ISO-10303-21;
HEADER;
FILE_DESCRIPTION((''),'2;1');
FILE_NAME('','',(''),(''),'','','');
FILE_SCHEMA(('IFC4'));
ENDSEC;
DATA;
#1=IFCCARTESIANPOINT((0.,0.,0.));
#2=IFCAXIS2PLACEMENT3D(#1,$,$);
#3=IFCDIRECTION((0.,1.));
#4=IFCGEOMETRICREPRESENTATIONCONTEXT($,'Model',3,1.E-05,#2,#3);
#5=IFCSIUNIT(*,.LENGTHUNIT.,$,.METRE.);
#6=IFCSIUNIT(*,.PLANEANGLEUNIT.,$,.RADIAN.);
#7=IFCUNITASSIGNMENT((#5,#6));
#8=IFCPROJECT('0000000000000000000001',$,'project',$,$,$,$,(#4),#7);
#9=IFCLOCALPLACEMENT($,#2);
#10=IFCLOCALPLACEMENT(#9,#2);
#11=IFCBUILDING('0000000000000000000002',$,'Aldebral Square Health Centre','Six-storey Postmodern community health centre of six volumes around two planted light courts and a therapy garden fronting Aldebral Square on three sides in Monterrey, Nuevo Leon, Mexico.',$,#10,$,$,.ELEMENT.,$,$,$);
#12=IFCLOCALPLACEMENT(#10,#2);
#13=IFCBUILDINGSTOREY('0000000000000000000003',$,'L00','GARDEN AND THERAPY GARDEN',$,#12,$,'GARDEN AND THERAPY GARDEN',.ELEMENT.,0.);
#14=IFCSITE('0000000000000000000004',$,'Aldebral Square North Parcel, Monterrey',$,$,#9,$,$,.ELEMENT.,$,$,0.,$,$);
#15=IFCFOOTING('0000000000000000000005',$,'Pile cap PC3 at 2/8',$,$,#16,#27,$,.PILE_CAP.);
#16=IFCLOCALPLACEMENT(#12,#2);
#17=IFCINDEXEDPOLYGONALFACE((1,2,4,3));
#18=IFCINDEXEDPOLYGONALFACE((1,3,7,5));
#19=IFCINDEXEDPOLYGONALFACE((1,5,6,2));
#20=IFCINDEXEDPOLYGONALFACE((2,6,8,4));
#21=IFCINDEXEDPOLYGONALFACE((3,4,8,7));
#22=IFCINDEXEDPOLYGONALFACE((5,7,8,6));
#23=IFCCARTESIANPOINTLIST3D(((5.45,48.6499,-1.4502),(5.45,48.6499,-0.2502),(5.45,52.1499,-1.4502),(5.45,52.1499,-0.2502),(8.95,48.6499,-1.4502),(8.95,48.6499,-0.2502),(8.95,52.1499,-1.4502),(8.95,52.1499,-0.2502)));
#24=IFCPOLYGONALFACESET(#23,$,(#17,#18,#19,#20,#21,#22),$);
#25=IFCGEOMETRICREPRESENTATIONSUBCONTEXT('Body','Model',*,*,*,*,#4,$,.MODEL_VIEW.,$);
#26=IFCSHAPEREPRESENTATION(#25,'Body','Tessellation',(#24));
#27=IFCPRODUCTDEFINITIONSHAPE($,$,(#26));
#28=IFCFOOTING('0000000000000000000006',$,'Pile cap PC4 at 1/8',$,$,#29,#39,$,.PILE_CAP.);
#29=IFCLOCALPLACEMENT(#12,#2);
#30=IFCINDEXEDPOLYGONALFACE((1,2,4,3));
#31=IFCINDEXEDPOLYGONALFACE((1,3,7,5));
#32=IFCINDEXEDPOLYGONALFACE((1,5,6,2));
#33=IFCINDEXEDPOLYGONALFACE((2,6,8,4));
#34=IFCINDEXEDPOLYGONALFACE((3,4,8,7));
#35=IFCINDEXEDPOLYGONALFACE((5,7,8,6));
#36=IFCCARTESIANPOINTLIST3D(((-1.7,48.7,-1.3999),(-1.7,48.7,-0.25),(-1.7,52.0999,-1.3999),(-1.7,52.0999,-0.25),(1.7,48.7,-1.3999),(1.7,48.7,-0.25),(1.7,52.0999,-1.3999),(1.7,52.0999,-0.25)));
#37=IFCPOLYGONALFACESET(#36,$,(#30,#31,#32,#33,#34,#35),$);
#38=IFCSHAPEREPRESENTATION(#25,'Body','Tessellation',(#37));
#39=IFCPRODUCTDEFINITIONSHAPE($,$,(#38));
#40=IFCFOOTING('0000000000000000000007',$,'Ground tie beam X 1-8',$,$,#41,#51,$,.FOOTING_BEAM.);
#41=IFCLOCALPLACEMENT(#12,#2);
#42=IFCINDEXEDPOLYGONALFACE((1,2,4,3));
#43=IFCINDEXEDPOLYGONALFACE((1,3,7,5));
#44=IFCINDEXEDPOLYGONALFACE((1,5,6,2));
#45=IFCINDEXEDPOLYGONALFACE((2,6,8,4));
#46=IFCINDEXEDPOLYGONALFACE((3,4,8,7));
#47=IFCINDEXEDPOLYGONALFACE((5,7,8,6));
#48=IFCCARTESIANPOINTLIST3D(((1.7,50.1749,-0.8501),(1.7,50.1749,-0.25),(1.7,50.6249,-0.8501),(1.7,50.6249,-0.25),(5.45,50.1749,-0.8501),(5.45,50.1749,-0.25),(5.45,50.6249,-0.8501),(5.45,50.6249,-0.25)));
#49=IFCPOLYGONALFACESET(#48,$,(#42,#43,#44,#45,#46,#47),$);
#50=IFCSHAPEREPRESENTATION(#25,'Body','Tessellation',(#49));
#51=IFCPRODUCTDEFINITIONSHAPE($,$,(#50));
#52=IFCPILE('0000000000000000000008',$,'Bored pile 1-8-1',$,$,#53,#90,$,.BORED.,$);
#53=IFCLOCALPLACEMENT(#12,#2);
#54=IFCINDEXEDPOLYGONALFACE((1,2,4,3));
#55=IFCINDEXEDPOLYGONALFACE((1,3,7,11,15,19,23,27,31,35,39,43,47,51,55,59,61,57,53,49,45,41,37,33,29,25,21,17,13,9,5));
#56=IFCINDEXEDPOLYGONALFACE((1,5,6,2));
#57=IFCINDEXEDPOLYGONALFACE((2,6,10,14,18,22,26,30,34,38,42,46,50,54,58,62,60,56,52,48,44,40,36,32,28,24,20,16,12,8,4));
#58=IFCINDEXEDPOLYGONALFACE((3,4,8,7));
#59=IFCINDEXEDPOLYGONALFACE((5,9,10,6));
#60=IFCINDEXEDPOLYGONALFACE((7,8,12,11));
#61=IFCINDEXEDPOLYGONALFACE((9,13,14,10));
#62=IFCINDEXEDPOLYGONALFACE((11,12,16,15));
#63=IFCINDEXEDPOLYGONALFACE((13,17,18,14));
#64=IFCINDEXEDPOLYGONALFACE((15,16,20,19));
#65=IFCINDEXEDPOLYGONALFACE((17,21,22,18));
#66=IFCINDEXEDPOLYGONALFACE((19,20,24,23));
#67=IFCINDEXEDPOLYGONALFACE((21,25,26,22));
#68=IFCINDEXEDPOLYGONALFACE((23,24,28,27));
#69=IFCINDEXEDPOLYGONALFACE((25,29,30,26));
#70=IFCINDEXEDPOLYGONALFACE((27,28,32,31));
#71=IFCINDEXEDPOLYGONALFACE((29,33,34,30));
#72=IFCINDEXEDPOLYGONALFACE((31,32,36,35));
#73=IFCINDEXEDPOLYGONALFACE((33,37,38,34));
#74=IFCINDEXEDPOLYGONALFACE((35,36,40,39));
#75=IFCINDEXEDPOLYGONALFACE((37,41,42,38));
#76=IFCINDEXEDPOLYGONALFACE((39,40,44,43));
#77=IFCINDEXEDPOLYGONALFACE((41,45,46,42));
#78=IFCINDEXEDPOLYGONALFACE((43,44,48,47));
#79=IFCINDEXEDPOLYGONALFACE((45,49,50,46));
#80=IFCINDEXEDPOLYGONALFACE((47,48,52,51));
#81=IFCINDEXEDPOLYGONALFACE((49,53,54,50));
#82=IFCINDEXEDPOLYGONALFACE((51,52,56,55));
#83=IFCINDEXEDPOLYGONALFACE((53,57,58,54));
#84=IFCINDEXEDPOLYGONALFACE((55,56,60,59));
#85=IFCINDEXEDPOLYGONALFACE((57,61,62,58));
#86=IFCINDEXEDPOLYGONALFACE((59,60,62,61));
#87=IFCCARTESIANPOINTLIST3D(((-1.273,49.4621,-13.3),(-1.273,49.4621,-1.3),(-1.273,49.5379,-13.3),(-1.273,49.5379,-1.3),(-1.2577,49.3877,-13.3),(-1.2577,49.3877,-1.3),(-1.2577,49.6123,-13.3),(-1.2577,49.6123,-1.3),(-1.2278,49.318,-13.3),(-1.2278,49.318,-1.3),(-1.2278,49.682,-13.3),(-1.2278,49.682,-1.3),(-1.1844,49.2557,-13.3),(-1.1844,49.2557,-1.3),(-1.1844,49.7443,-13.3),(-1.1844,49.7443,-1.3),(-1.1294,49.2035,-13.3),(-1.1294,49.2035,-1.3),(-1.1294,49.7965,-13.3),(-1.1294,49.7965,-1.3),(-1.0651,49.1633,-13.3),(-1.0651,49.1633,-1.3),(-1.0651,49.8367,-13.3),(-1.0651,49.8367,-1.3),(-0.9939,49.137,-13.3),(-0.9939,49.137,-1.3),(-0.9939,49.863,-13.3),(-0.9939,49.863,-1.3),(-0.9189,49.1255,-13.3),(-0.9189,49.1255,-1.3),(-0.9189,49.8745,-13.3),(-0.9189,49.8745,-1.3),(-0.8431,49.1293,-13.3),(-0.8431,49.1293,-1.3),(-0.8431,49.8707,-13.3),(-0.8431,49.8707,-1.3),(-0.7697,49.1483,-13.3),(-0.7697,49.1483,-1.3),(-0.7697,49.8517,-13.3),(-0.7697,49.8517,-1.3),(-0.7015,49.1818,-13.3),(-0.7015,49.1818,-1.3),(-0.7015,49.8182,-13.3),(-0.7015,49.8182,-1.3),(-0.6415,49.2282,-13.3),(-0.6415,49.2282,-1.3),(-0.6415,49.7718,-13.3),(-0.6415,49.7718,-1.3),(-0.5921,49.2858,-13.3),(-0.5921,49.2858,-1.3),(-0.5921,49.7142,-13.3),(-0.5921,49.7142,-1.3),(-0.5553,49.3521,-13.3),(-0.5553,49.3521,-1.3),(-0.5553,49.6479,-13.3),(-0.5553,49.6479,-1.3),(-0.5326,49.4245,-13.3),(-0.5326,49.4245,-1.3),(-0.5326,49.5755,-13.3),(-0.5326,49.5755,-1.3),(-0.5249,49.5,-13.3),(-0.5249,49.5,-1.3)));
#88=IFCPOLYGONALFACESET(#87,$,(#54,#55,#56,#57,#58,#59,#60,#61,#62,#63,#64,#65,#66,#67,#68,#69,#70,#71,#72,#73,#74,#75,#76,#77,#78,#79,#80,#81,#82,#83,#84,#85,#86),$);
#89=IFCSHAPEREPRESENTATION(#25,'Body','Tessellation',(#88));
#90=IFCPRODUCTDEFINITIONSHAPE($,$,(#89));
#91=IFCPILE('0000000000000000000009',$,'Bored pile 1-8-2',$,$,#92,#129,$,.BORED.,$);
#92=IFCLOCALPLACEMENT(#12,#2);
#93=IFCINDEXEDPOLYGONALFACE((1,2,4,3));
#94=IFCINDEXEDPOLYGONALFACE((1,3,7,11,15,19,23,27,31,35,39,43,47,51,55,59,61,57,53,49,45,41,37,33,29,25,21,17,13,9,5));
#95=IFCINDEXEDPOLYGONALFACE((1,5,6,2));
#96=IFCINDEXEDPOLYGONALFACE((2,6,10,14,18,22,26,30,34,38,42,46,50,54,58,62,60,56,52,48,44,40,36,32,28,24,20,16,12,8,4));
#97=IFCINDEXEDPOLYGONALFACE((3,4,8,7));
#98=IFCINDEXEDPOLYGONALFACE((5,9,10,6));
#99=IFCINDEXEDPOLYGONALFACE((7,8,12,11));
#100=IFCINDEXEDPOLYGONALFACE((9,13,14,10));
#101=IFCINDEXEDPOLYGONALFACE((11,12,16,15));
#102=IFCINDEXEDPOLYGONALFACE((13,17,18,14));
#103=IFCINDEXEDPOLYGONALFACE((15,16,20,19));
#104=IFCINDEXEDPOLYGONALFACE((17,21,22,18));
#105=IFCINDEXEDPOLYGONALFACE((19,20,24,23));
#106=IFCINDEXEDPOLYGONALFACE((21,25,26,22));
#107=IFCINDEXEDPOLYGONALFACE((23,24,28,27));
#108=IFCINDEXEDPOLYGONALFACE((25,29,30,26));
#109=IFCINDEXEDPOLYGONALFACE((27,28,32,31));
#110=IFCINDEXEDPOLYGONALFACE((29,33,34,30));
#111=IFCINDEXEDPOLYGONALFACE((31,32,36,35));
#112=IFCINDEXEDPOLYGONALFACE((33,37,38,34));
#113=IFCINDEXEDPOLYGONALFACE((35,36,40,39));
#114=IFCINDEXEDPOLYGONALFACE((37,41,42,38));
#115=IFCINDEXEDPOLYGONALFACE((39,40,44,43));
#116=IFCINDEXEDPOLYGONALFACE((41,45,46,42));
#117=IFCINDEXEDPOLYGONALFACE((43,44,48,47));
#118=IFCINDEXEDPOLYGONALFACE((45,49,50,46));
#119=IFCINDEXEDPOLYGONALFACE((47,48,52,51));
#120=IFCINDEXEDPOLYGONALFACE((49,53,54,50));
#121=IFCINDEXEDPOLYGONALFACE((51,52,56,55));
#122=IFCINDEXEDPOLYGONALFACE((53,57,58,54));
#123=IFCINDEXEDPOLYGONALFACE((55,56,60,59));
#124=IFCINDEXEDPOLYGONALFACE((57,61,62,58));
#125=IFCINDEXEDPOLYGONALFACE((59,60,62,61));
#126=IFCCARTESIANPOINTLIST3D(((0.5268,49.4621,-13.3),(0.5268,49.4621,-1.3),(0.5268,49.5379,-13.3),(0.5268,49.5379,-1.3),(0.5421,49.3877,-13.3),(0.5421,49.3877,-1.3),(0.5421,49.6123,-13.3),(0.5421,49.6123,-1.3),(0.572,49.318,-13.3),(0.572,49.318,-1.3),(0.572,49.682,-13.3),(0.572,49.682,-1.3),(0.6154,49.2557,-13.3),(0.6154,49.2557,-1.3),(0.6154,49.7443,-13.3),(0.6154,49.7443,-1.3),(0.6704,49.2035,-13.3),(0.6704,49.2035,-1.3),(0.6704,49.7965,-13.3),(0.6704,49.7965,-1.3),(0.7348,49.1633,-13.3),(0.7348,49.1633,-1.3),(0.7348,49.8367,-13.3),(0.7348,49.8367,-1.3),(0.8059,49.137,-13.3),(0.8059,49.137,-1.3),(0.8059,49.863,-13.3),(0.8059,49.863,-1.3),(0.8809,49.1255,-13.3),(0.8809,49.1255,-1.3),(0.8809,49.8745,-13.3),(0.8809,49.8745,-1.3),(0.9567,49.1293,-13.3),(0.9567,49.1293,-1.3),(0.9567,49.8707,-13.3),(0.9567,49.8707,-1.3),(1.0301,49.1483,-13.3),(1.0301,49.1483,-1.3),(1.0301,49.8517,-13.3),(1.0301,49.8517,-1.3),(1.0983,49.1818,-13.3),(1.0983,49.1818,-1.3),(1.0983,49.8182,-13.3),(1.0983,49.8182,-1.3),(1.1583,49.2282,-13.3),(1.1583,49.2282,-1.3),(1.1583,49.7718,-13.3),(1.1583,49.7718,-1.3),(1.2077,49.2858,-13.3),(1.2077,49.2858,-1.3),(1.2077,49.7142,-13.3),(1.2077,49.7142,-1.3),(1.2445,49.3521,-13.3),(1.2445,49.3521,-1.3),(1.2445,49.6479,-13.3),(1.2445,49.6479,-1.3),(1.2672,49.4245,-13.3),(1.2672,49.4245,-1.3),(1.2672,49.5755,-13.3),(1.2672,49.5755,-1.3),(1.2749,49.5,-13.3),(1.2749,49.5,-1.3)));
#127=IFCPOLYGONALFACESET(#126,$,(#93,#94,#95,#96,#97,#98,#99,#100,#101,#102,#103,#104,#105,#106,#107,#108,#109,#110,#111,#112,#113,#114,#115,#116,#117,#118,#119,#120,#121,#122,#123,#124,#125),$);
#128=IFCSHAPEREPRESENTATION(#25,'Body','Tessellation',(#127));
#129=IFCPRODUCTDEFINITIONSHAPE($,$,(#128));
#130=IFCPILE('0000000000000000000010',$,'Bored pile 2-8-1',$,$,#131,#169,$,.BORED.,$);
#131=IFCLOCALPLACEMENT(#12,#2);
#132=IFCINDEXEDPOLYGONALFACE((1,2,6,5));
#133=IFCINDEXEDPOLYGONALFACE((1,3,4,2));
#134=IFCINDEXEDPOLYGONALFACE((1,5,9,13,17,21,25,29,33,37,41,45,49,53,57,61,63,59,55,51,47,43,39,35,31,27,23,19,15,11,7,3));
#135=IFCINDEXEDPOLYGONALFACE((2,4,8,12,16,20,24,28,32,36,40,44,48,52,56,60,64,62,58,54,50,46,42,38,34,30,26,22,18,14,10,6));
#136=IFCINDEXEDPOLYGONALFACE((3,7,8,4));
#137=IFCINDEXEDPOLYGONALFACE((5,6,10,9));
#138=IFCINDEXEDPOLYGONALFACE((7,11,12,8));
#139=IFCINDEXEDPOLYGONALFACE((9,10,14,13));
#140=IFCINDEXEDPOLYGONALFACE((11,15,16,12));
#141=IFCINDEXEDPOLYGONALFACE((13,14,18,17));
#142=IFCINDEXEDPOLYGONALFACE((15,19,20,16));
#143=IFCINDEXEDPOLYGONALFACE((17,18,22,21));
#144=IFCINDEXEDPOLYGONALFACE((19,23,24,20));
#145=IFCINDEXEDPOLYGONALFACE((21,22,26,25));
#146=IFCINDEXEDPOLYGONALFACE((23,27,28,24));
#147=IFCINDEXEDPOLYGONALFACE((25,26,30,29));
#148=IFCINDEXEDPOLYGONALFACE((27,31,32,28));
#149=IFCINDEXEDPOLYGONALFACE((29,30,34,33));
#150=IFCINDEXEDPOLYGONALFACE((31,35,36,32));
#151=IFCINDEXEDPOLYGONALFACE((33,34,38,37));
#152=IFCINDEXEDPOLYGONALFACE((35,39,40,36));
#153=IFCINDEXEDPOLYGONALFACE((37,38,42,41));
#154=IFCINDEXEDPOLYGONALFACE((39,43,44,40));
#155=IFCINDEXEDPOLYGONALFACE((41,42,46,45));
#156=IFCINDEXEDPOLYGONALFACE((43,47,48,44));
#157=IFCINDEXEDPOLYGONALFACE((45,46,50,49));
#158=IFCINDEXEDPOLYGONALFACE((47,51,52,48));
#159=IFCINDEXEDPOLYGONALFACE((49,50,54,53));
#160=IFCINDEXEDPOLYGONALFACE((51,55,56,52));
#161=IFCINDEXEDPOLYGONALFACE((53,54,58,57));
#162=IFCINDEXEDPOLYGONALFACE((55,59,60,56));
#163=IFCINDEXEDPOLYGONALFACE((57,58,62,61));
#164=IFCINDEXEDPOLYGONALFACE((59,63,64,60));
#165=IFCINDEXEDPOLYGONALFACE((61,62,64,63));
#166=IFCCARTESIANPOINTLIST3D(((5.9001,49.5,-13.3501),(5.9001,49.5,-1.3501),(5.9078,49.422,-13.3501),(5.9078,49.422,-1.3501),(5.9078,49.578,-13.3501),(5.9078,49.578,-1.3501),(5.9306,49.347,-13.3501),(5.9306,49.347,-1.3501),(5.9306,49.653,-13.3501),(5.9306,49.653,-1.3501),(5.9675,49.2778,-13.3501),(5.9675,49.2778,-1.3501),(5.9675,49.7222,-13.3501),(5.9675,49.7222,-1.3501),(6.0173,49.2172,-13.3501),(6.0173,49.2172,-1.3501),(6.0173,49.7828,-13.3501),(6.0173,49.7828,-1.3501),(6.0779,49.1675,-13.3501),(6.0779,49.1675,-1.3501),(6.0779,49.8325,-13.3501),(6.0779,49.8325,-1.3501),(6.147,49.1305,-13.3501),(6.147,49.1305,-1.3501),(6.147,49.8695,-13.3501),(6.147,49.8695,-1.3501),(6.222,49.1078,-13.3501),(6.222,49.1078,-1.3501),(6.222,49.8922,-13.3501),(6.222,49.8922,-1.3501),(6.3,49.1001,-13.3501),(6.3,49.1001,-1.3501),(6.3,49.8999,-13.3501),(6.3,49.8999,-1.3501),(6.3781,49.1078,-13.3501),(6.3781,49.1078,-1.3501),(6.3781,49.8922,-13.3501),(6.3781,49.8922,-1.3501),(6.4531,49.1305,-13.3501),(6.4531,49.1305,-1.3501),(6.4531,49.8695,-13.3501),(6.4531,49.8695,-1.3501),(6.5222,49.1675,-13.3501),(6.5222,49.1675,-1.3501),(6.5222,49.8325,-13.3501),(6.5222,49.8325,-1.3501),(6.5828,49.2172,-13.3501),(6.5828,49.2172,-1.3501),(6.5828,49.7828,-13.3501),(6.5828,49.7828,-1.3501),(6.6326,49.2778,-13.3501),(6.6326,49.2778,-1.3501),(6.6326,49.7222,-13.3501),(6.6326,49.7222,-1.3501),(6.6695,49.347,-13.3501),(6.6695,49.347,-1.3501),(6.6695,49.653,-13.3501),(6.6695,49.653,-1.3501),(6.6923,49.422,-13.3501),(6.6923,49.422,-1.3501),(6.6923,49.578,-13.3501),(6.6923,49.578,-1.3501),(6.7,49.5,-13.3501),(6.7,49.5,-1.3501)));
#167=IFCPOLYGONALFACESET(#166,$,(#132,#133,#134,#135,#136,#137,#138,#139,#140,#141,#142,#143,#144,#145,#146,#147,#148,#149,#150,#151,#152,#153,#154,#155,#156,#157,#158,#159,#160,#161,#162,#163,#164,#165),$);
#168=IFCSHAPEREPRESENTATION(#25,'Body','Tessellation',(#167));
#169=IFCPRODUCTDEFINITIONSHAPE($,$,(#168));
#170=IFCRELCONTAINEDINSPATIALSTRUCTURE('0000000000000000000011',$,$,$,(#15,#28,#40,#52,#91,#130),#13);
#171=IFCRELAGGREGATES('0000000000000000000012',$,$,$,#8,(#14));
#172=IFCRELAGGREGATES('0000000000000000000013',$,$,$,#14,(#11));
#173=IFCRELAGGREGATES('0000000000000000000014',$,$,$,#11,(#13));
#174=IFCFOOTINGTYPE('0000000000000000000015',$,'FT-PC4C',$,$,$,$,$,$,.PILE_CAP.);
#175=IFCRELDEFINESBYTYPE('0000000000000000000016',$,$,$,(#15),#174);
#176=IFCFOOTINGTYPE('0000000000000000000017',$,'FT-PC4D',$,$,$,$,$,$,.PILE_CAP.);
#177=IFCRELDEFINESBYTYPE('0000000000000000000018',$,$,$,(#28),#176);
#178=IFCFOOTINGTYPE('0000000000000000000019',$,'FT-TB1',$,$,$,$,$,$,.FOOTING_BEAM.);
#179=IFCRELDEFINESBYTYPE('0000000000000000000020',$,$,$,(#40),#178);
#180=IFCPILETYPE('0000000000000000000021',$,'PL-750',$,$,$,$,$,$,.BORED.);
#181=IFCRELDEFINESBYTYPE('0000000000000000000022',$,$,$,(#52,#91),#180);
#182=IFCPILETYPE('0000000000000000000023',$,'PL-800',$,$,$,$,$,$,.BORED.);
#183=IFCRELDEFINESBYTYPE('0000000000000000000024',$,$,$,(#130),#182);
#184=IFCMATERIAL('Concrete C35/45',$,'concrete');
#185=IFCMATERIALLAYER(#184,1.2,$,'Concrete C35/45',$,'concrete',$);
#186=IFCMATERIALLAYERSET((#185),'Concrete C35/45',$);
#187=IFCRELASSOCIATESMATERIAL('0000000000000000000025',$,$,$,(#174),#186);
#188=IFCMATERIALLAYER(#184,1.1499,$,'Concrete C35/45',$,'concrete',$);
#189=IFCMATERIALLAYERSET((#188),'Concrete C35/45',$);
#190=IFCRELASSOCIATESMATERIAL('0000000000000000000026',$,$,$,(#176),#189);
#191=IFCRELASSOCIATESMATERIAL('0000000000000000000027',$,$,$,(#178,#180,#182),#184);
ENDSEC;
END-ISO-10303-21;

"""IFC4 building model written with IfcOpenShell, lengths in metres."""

from ifc_helpers import new_model, si_unit, direction, frame, origin, origin_2d, place, context, subcontext, project, spatial, rectangle, circle, extrude, material, layer, layer_set, material_profile, profile_set, type_object, element, save


model = new_model("IFC4")

# Units and contexts
model_context = context("Model", 3, precision=1e-05, world=origin(), true_north=direction((0.0, 1.0)))
body_context = subcontext(model_context, "Body", "Model", "MODEL_VIEW")
ifc_project = project(units=[si_unit("LENGTHUNIT", "METRE"), si_unit("PLANEANGLEUNIT", "RADIAN")], contexts=[model_context])

# Site, building, storey
site_placement = place(None, origin())
site = spatial("IfcSite", under=ifc_project, at=site_placement, Name="Aldebral Square North Parcel, Monterrey", CompositionType="ELEMENT", RefElevation=0.0)
building_placement = place(site_placement, origin())
building = spatial("IfcBuilding", under=site, at=building_placement, Name="Aldebral Square Health Centre", Description="Six-storey Postmodern community health centre of six volumes around two planted light courts and a therapy garden fronting Aldebral Square on three sides in Monterrey, Nuevo Leon, Mexico.", CompositionType="ELEMENT")
storey_placement = place(building_placement, origin())
storey = spatial("IfcBuildingStorey", under=building, at=storey_placement, Name="L00", Description="GARDEN AND THERAPY GARDEN", LongName="GARDEN AND THERAPY GARDEN", CompositionType="ELEMENT", Elevation=0.0)

# Footings
ifc_material_1 = material(Name="Concrete C35/45", Category="concrete")
ifc_layer_1 = layer(ifc_material_1, 1.2, Name="Concrete C35/45", Category="concrete")
ifc_layer_set_1 = layer_set([ifc_layer_1], Name="Concrete C35/45")
footing_type_1 = type_object("IfcFootingType", Name="FT-PC4C", PredefinedType="PILE_CAP", material=ifc_layer_set_1)
footing_1_placement = place(storey_placement, frame((7.2, 50.3999, -1.4502), z_axis=(0.0, 0.0, 1.0), x_axis=(1.0, 0.0, 0.0)))
element("IfcFooting", 1, at=footing_1_placement, inside=storey, type_object=footing_type_1, Name="Pile cap PC3 at 2/8", PredefinedType="PILE_CAP", context=body_context, shape_type="SweptSolid", body=[
    extrude(rectangle(XDim=3.5, YDim=3.5, at=origin_2d()), origin(), (0.0, 0.0, 1.0), 1.2),
])
ifc_layer_2 = layer(ifc_material_1, 1.1499, Name="Concrete C35/45", Category="concrete")
ifc_layer_set_2 = layer_set([ifc_layer_2], Name="Concrete C35/45")
footing_type_2 = type_object("IfcFootingType", Name="FT-PC4D", PredefinedType="PILE_CAP", material=ifc_layer_set_2)
footing_2_placement = place(storey_placement, frame((0.0, 50.3999, -1.3999), z_axis=(0.0, 0.0, 1.0), x_axis=(1.0, 0.0, 0.0)))
element("IfcFooting", 2, at=footing_2_placement, inside=storey, type_object=footing_type_2, Name="Pile cap PC4 at 1/8", PredefinedType="PILE_CAP", context=body_context, shape_type="SweptSolid", body=[
    extrude(rectangle(XDim=3.3999, YDim=3.3999, at=origin_2d()), origin(), (0.0, 0.0, 1.0), 1.1499),
])
ifc_material_profile_1 = material_profile(ifc_material_1, rectangle(XDim=0.45, YDim=0.6001, at=origin_2d()), Name="RC 450x600")
ifc_profile_set_1 = profile_set([ifc_material_profile_1], Name="Concrete C35/45")
footing_type_3 = type_object("IfcFootingType", Name="FT-TB1", PredefinedType="FOOTING_BEAM", material=ifc_profile_set_1)
footing_3_placement = place(storey_placement, frame((1.7, 50.3999, -0.55), z_axis=(1.0, 0.0, 0.0), x_axis=(0.0, 1.0, 0.0)))
element("IfcFooting", 3, at=footing_3_placement, inside=storey, type_object=footing_type_3, Name="Ground tie beam X 1-8", PredefinedType="FOOTING_BEAM", context=body_context, shape_type="SweptSolid", body=[
    extrude(rectangle(XDim=0.45, YDim=0.6001, at=origin_2d()), origin(), (0.0, 0.0, 1.0), 3.75),
])

# Piles
ifc_material_profile_2 = material_profile(ifc_material_1, circle(Radius=0.375, at=origin_2d()), Name="PILE D750")
ifc_profile_set_2 = profile_set([ifc_material_profile_2], Name="Concrete C35/45")
pile_type_1 = type_object("IfcPileType", Name="PL-750", PredefinedType="BORED", material=ifc_profile_set_2)
for number, where, z_axis, x_axis, name in (
    (4, (-0.8999, 49.5, -1.3), (0.0, 0.0, -1.0), (1.0, 0.0, 0.0), "Bored pile 1-8-1"),
    (5, (0.8999, 49.5, -1.3), (0.0, 0.0, -1.0), (1.0, 0.0, 0.0), "Bored pile 1-8-2"),
):
    element("IfcPile", number, at=place(storey_placement, frame(where, z_axis=z_axis, x_axis=x_axis)), inside=storey, type_object=pile_type_1, Name=name, PredefinedType="BORED", context=body_context, shape_type="SweptSolid", body=[
        extrude(circle(Radius=0.375, at=origin_2d()), origin(), (0.0, 0.0, 1.0), 12.0),
    ])
ifc_material_profile_3 = material_profile(ifc_material_1, circle(Radius=0.3999, at=origin_2d()), Name="PILE D800")
ifc_profile_set_3 = profile_set([ifc_material_profile_3], Name="Concrete C35/45")
pile_type_2 = type_object("IfcPileType", Name="PL-800", PredefinedType="BORED", material=ifc_profile_set_3)
for number, where, z_axis, x_axis, name in (
    (6, (6.3, 49.5, -1.3501), (0.0, 0.0, -1.0), (1.0, 0.0, 0.0), "Bored pile 2-8-1"),
):
    element("IfcPile", number, at=place(storey_placement, frame(where, z_axis=z_axis, x_axis=x_axis)), inside=storey, type_object=pile_type_2, Name=name, PredefinedType="BORED", context=body_context, shape_type="SweptSolid", body=[
        extrude(circle(Radius=0.3999, at=origin_2d()), origin(), (0.0, 0.0, 1.0), 12.0),
    ])

save(model, "model.ifc")
